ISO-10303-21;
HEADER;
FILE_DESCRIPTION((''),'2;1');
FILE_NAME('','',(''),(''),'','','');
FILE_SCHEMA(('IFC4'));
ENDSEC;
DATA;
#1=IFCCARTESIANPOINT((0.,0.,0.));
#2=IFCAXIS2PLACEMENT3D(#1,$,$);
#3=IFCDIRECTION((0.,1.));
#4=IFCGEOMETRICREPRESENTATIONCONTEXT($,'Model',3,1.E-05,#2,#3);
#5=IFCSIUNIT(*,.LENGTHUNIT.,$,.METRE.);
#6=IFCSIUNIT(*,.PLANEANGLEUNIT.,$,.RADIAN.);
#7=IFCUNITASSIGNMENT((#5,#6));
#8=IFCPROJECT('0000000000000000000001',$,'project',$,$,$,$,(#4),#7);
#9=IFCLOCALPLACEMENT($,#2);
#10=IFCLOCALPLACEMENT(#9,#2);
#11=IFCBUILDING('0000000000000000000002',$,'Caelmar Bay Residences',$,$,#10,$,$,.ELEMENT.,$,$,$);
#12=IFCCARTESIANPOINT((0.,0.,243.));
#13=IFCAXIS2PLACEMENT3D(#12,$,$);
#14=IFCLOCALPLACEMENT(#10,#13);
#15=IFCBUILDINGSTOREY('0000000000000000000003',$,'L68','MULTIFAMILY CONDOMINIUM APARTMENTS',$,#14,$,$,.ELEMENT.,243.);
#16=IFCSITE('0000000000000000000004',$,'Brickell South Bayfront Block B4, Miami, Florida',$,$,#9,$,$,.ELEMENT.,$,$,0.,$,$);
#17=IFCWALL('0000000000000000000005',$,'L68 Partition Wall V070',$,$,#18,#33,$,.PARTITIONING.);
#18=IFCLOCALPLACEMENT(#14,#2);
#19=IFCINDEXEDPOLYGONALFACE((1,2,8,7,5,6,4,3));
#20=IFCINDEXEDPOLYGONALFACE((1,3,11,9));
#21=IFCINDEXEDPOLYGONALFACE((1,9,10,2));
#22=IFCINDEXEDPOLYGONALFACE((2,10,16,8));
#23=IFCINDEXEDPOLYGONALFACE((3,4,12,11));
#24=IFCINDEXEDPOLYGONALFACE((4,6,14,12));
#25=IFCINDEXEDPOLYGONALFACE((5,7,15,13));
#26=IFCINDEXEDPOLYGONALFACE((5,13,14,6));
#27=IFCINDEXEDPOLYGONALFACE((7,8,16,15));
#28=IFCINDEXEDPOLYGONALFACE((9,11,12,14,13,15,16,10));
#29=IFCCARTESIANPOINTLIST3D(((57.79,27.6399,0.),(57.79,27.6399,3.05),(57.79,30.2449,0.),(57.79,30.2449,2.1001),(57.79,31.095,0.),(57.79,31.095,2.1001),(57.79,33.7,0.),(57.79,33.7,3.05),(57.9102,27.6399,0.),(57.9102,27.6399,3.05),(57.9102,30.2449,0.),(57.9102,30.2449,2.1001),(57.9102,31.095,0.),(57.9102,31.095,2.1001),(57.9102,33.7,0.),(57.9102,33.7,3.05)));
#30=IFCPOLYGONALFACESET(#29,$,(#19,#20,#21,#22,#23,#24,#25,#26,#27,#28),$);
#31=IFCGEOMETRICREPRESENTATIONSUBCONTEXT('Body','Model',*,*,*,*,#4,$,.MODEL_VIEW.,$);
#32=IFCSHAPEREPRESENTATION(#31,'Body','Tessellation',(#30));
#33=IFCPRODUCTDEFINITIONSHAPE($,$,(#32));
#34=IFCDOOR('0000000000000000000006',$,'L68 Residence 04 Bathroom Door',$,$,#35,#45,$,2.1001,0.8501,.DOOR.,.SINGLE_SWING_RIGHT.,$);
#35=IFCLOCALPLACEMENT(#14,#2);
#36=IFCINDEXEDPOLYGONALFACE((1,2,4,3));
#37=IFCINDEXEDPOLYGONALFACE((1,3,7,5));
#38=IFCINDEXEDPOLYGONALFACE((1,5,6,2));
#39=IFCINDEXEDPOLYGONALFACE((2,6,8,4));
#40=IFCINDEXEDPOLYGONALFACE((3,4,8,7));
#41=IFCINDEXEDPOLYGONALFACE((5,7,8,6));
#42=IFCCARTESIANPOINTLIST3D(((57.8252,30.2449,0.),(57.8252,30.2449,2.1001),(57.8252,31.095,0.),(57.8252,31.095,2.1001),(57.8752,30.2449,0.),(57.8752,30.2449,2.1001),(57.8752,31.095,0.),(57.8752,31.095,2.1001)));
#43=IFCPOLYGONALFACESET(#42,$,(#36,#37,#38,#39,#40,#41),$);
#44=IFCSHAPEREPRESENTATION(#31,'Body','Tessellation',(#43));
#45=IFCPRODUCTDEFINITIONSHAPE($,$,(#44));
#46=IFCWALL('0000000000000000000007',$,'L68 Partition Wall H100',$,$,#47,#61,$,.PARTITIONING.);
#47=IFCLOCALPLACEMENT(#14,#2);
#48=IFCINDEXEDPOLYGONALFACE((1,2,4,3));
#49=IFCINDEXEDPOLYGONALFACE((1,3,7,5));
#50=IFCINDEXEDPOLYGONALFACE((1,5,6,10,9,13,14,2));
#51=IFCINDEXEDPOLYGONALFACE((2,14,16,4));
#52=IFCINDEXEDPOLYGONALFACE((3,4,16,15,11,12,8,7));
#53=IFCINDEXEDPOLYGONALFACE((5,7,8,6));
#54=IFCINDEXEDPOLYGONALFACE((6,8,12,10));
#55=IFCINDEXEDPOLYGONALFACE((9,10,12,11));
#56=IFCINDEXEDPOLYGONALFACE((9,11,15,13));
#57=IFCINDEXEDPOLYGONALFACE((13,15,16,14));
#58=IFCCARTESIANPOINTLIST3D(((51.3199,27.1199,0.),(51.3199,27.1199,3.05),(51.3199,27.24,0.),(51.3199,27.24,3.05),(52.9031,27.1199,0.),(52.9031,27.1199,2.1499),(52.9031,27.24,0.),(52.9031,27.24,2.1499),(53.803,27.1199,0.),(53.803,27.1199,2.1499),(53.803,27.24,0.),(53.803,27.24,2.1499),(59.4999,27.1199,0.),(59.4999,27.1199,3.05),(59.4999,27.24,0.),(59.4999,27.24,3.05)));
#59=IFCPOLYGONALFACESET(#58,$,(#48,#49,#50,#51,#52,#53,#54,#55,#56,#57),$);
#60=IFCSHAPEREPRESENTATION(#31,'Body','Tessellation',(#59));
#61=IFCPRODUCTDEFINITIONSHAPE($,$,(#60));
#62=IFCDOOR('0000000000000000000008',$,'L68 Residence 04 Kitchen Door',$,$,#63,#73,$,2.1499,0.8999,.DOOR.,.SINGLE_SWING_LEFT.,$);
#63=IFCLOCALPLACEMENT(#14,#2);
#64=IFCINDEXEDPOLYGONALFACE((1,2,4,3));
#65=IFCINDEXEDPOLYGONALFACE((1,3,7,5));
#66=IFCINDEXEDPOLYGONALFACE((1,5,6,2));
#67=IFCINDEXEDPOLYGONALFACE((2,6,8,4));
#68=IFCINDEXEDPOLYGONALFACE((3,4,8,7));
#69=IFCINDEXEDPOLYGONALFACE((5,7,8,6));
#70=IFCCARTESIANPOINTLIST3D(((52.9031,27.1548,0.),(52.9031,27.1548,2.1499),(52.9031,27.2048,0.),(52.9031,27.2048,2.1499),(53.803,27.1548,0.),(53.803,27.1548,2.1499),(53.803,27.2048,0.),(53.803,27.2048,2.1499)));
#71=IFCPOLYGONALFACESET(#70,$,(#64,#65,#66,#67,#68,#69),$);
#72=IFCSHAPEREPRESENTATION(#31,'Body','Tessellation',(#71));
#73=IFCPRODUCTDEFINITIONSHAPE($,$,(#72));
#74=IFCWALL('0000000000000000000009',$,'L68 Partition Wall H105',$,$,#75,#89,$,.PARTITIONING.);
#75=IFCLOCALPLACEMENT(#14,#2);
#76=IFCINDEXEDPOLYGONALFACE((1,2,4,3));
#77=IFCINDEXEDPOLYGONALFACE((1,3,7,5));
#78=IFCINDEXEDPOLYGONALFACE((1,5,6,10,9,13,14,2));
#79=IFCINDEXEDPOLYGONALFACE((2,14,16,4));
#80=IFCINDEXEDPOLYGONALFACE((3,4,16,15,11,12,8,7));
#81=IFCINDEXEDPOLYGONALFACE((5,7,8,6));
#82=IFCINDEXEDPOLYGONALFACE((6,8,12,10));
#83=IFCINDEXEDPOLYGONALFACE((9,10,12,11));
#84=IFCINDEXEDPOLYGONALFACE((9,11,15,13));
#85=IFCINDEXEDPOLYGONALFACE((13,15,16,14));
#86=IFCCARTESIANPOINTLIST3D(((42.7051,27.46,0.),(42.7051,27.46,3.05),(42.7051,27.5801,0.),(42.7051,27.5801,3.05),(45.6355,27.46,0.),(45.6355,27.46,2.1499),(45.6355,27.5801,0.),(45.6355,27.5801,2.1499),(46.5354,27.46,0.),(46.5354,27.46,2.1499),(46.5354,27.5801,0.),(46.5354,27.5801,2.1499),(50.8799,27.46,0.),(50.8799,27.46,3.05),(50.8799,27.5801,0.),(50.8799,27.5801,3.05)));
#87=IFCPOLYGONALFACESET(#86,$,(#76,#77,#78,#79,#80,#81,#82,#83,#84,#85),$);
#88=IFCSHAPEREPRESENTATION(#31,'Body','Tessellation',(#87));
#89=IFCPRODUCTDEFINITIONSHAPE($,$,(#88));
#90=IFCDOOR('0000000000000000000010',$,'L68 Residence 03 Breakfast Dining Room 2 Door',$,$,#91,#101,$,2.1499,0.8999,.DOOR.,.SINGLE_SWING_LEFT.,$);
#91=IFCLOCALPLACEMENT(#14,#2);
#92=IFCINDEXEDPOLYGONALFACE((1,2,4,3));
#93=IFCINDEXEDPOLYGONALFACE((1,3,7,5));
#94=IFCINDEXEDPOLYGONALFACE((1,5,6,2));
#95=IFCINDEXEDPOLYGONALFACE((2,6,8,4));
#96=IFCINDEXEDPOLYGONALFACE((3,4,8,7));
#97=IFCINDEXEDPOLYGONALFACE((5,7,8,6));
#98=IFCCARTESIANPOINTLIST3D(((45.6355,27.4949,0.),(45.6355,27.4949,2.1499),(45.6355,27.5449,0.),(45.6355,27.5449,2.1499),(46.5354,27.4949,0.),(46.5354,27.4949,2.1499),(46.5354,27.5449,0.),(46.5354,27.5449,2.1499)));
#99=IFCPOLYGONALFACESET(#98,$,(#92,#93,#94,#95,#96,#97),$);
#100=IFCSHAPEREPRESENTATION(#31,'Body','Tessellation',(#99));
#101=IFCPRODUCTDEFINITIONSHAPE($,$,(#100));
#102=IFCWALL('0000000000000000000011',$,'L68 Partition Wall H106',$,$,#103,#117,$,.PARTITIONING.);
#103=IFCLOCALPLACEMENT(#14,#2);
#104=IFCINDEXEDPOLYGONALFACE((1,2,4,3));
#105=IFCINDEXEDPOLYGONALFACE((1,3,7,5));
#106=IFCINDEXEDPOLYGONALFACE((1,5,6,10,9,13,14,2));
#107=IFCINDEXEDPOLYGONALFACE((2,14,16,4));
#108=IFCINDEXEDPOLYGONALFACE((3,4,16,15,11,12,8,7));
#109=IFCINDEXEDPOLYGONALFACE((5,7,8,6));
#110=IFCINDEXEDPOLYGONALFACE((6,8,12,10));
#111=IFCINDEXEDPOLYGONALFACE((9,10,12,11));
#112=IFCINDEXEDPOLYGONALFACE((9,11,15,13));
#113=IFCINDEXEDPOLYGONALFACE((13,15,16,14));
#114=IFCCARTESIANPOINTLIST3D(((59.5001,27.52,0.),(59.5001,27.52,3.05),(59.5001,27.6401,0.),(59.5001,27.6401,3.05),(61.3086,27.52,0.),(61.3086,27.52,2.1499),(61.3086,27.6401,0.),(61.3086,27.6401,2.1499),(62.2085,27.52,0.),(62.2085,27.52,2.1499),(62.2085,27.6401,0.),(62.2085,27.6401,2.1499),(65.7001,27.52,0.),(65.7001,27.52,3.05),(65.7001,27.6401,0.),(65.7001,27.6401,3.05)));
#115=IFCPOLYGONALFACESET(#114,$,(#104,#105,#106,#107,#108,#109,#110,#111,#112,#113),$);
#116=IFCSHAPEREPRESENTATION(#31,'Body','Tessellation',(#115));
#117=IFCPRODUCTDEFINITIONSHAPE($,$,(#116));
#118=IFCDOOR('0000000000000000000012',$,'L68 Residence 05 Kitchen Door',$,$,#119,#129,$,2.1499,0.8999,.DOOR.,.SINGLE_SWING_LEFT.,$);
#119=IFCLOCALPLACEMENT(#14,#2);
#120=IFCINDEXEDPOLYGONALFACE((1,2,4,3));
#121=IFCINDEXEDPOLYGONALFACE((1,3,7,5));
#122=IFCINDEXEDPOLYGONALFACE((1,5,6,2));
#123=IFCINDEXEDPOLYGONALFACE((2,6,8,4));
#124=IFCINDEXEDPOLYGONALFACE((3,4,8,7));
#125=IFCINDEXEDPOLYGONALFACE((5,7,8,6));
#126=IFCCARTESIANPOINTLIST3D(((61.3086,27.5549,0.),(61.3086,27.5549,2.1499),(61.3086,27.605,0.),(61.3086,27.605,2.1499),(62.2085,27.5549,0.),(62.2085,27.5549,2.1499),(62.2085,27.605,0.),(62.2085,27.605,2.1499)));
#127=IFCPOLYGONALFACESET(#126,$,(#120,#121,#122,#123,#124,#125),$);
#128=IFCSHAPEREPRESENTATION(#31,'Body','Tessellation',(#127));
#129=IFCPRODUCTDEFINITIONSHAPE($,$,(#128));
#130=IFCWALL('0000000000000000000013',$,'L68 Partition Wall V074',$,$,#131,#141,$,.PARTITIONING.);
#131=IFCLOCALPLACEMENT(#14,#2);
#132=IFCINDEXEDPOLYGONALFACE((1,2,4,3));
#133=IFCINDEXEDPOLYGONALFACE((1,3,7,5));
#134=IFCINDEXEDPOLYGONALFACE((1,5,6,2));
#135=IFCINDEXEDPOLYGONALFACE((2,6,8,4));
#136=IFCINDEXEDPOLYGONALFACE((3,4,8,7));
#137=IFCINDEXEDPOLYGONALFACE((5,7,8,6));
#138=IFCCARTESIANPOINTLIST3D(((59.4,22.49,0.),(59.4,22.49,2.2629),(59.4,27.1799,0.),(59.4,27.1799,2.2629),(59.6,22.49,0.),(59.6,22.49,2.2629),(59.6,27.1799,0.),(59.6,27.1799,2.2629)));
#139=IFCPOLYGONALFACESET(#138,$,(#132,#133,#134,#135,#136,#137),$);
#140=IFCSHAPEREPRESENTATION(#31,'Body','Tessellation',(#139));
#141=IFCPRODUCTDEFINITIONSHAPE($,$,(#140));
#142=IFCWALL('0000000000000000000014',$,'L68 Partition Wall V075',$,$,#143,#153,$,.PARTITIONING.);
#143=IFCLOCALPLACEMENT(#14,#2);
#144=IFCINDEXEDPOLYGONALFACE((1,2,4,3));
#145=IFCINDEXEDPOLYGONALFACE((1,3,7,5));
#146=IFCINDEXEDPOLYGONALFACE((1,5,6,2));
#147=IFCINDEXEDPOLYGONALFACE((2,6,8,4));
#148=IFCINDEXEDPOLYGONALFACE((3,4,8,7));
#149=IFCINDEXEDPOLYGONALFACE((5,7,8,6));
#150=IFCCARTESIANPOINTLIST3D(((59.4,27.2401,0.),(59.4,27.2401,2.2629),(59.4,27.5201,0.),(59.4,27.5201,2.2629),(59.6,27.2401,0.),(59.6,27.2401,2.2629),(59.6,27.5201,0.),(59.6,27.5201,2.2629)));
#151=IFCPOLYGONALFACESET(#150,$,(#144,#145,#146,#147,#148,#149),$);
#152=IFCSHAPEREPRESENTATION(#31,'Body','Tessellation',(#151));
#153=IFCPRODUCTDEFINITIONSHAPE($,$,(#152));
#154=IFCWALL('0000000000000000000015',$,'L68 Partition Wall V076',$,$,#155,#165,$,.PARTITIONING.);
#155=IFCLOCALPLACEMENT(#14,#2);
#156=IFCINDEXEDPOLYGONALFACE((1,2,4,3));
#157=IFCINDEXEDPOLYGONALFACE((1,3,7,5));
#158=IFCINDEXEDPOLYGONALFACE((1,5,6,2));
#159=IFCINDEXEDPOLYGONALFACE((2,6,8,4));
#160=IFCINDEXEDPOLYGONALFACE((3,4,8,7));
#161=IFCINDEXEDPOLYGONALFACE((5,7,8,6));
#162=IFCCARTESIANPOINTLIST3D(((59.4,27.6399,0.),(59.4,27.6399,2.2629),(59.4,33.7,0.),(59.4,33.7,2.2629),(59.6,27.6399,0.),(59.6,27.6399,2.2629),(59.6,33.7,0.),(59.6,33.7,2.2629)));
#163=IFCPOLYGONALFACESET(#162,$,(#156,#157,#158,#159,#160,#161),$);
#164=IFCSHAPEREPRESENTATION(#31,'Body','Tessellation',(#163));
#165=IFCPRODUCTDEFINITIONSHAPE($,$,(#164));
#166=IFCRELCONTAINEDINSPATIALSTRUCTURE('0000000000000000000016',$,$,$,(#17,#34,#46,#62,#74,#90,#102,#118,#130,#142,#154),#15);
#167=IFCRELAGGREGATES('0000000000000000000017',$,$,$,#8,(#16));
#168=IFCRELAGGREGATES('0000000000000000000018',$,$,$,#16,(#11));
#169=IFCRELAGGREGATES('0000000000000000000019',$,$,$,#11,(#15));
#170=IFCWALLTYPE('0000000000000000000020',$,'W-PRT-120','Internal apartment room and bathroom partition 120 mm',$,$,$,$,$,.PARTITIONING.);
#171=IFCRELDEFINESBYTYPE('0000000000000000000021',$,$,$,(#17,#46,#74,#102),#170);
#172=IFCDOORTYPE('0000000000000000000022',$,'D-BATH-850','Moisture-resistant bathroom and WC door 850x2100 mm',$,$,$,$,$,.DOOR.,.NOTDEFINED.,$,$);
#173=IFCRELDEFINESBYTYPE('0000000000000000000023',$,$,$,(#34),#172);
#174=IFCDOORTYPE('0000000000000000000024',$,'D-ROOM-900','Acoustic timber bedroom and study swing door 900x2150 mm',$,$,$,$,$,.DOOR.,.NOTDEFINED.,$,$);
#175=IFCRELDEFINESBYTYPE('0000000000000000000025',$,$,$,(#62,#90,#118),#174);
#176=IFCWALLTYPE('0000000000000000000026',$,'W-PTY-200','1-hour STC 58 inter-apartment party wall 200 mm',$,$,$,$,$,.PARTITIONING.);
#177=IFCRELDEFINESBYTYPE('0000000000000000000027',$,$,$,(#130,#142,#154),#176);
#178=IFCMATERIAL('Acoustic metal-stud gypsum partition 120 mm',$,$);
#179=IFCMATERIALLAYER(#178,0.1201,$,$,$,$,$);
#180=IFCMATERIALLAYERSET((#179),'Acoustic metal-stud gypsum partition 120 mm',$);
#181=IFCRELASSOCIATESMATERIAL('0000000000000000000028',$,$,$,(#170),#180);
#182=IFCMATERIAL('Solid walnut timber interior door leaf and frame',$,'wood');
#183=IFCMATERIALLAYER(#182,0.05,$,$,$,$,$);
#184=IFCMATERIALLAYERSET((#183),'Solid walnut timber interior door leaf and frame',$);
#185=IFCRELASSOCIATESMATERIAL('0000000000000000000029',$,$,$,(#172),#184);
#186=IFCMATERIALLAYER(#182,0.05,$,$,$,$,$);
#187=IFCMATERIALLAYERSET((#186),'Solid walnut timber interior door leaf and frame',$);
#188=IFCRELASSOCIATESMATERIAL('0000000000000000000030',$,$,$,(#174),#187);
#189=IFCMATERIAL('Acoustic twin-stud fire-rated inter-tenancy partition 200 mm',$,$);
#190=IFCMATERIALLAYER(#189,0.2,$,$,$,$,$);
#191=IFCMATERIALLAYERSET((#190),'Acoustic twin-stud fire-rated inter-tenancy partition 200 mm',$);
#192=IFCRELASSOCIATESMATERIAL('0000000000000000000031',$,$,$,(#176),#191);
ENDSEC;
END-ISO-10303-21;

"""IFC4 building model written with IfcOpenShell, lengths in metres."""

from ifc_helpers import new_model, si_unit, direction, frame, frame_2d, origin, place, context, subcontext, project, spatial, rectangle, extrude, material, layer, layer_set, type_object, element, fill, save


model = new_model("IFC4")

# Units and contexts
model_context = context("Model", 3, precision=1e-05, world=origin(), true_north=direction((0.0, 1.0)))
body_context = subcontext(model_context, "Body", "Model", "MODEL_VIEW")
ifc_project = project(units=[si_unit("LENGTHUNIT", "METRE"), si_unit("PLANEANGLEUNIT", "RADIAN")], contexts=[model_context])

# Site, building, storey
site_placement = place(None, origin())
site = spatial("IfcSite", under=ifc_project, at=site_placement, Name="Brickell South Bayfront Block B4, Miami, Florida", CompositionType="ELEMENT", RefElevation=0.0)
building_placement = place(site_placement, origin())
building = spatial("IfcBuilding", under=site, at=building_placement, Name="Caelmar Bay Residences", CompositionType="ELEMENT")
storey_placement = place(building_placement, frame((0.0, 0.0, 243.0)))
storey = spatial("IfcBuildingStorey", under=building, at=storey_placement, Name="L68", Description="MULTIFAMILY CONDOMINIUM APARTMENTS", CompositionType="ELEMENT", Elevation=243.0)

# Shared definitions
ifc_material_1 = material(Name="Acoustic metal-stud gypsum partition 120 mm")
ifc_layer_1 = layer(ifc_material_1, 0.1201)
ifc_layer_set_1 = layer_set([ifc_layer_1], Name="Acoustic metal-stud gypsum partition 120 mm")
wall_type_1 = type_object("IfcWallType", Name="W-PRT-120", Description="Internal apartment room and bathroom partition 120 mm", PredefinedType="PARTITIONING", material=ifc_layer_set_1)
ifc_material_2 = material(Name="Solid walnut timber interior door leaf and frame", Category="wood")
ifc_layer_2 = layer(ifc_material_2, 0.05)
ifc_layer_set_2 = layer_set([ifc_layer_2], Name="Solid walnut timber interior door leaf and frame")
door_type_1 = type_object("IfcDoorType", Name="D-BATH-850", Description="Moisture-resistant bathroom and WC door 850x2100 mm", OperationType="NOTDEFINED", PredefinedType="DOOR", material=ifc_layer_set_2)

# Walls, openings, doors
wall_1_placement = place(storey_placement, frame((57.8501, 27.6399, 0.0), z_axis=(0.0, 0.0, 1.0), x_axis=(0.0, 1.0, 0.0)))
wall_1 = element("IfcWall", 1, at=wall_1_placement, inside=storey, type_object=wall_type_1, Name="L68 Partition Wall V070", PredefinedType="PARTITIONING", context=body_context, shape_type="SweptSolid", body=[
    extrude(rectangle(XDim=6.0601, YDim=0.1201, at=frame_2d((3.03, 0.0))), origin(), (0.0, 0.0, 1.0), 3.05),
])
opening_1_placement = place(wall_1_placement, frame((2.605, 0.0, 0.0)))
opening_1 = element("IfcOpeningElement", 2, at=opening_1_placement, cuts=wall_1, PredefinedType="OPENING", context=body_context, shape_type="SweptSolid", body=[
    extrude(rectangle(XDim=0.8501, YDim=2.1001, at=frame_2d((0.425, 1.05))), frame((0.0, 0.0701, 0.0), z_axis=(0.0, -1.0, 0.0), x_axis=(1.0, 0.0, 0.0)), (0.0, 0.0, 1.0), 0.1401),
])
door_1_placement = place(opening_1_placement, origin())
door_1 = element("IfcDoor", 3, at=door_1_placement, inside=storey, type_object=door_type_1, Name="L68 Residence 04 Bathroom Door", OperationType="SINGLE_SWING_RIGHT", OverallHeight=2.1001, OverallWidth=0.8501, PredefinedType="DOOR", context=body_context, shape_type="SweptSolid", body=[
    extrude(rectangle(XDim=0.8501, YDim=2.1001, at=frame_2d((0.425, 1.05))), frame((0.0, 0.0249, 0.0), z_axis=(0.0, -1.0, 0.0), x_axis=(1.0, 0.0, 0.0)), (0.0, 0.0, 1.0), 0.05),
])
fill(opening_1, door_1)
wall_2_placement = place(storey_placement, frame((51.3201, 27.1799, 0.0), z_axis=(0.0, 0.0, 1.0), x_axis=(1.0, 0.0, 0.0)))
wall_2 = element("IfcWall", 4, at=wall_2_placement, inside=storey, type_object=wall_type_1, Name="L68 Partition Wall H100", PredefinedType="PARTITIONING", context=body_context, shape_type="SweptSolid", body=[
    extrude(rectangle(XDim=8.1799, YDim=0.1201, at=frame_2d((4.0898, 0.0))), origin(), (0.0, 0.0, 1.0), 3.05),
])
opening_2_placement = place(wall_2_placement, frame((1.583, 0.0, 0.0)))
opening_2 = element("IfcOpeningElement", 5, at=opening_2_placement, cuts=wall_2, PredefinedType="OPENING", context=body_context, shape_type="SweptSolid", body=[
    extrude(rectangle(XDim=0.8999, YDim=2.1499, at=frame_2d((0.45, 1.075))), frame((0.0, 0.0701, 0.0), z_axis=(0.0, -1.0, 0.0), x_axis=(1.0, 0.0, 0.0)), (0.0, 0.0, 1.0), 0.1401),
])
ifc_layer_3 = layer(ifc_material_2, 0.05)
ifc_layer_set_3 = layer_set([ifc_layer_3], Name="Solid walnut timber interior door leaf and frame")
door_type_2 = type_object("IfcDoorType", Name="D-ROOM-900", Description="Acoustic timber bedroom and study swing door 900x2150 mm", OperationType="NOTDEFINED", PredefinedType="DOOR", material=ifc_layer_set_3)
door_2_placement = place(opening_2_placement, origin())
door_2 = element("IfcDoor", 6, at=door_2_placement, inside=storey, type_object=door_type_2, Name="L68 Residence 04 Kitchen Door", OperationType="SINGLE_SWING_LEFT", OverallHeight=2.1499, OverallWidth=0.8999, PredefinedType="DOOR", context=body_context, shape_type="SweptSolid", body=[
    extrude(rectangle(XDim=0.8999, YDim=2.1499, at=frame_2d((0.45, 1.075))), frame((0.0, 0.0249, 0.0), z_axis=(0.0, -1.0, 0.0), x_axis=(1.0, 0.0, 0.0)), (0.0, 0.0, 1.0), 0.05),
])
fill(opening_2, door_2)
wall_3_placement = place(storey_placement, frame((42.7051, 27.52, 0.0), z_axis=(0.0, 0.0, 1.0), x_axis=(1.0, 0.0, 0.0)))
wall_3 = element("IfcWall", 7, at=wall_3_placement, inside=storey, type_object=wall_type_1, Name="L68 Partition Wall H105", PredefinedType="PARTITIONING", context=body_context, shape_type="SweptSolid", body=[
    extrude(rectangle(XDim=8.1748, YDim=0.1201, at=frame_2d((4.0874, 0.0))), origin(), (0.0, 0.0, 1.0), 3.05),
])
opening_3_placement = place(wall_3_placement, frame((2.9304, 0.0, 0.0)))
opening_3 = element("IfcOpeningElement", 8, at=opening_3_placement, cuts=wall_3, PredefinedType="OPENING", context=body_context, shape_type="SweptSolid", body=[
    extrude(rectangle(XDim=0.8999, YDim=2.1499, at=frame_2d((0.45, 1.075))), frame((0.0, 0.0701, 0.0), z_axis=(0.0, -1.0, 0.0), x_axis=(1.0, 0.0, 0.0)), (0.0, 0.0, 1.0), 0.1401),
])
door_3_placement = place(opening_3_placement, origin())
door_3 = element("IfcDoor", 9, at=door_3_placement, inside=storey, type_object=door_type_2, Name="L68 Residence 03 Breakfast Dining Room 2 Door", OperationType="SINGLE_SWING_LEFT", OverallHeight=2.1499, OverallWidth=0.8999, PredefinedType="DOOR", context=body_context, shape_type="SweptSolid", body=[
    extrude(rectangle(XDim=0.8999, YDim=2.1499, at=frame_2d((0.45, 1.075))), frame((0.0, 0.0249, 0.0), z_axis=(0.0, -1.0, 0.0), x_axis=(1.0, 0.0, 0.0)), (0.0, 0.0, 1.0), 0.05),
])
fill(opening_3, door_3)
wall_4_placement = place(storey_placement, frame((59.5, 27.5801, 0.0), z_axis=(0.0, 0.0, 1.0), x_axis=(1.0, 0.0, 0.0)))
wall_4 = element("IfcWall", 10, at=wall_4_placement, inside=storey, type_object=wall_type_1, Name="L68 Partition Wall H106", PredefinedType="PARTITIONING", context=body_context, shape_type="SweptSolid", body=[
    extrude(rectangle(XDim=6.2, YDim=0.1201, at=frame_2d((3.1001, 0.0))), origin(), (0.0, 0.0, 1.0), 3.05),
])
opening_4_placement = place(wall_4_placement, frame((1.8086, 0.0, 0.0)))
opening_4 = element("IfcOpeningElement", 11, at=opening_4_placement, cuts=wall_4, PredefinedType="OPENING", context=body_context, shape_type="SweptSolid", body=[
    extrude(rectangle(XDim=0.8999, YDim=2.1499, at=frame_2d((0.45, 1.075))), frame((0.0, 0.0701, 0.0), z_axis=(0.0, -1.0, 0.0), x_axis=(1.0, 0.0, 0.0)), (0.0, 0.0, 1.0), 0.1401),
])
door_4_placement = place(opening_4_placement, origin())
door_4 = element("IfcDoor", 12, at=door_4_placement, inside=storey, type_object=door_type_2, Name="L68 Residence 05 Kitchen Door", OperationType="SINGLE_SWING_LEFT", OverallHeight=2.1499, OverallWidth=0.8999, PredefinedType="DOOR", context=body_context, shape_type="SweptSolid", body=[
    extrude(rectangle(XDim=0.8999, YDim=2.1499, at=frame_2d((0.45, 1.075))), frame((0.0, 0.0249, 0.0), z_axis=(0.0, -1.0, 0.0), x_axis=(1.0, 0.0, 0.0)), (0.0, 0.0, 1.0), 0.05),
])
fill(opening_4, door_4)

# Walls
ifc_material_3 = material(Name="Acoustic twin-stud fire-rated inter-tenancy partition 200 mm")
ifc_layer_4 = layer(ifc_material_3, 0.2)
ifc_layer_set_4 = layer_set([ifc_layer_4], Name="Acoustic twin-stud fire-rated inter-tenancy partition 200 mm")
wall_type_2 = type_object("IfcWallType", Name="W-PTY-200", Description="1-hour STC 58 inter-apartment party wall 200 mm", PredefinedType="PARTITIONING", material=ifc_layer_set_4)
wall_5_placement = place(storey_placement, frame((59.5, 22.49, 0.0), z_axis=(0.0, 0.0, 1.0), x_axis=(0.0, 1.0, 0.0)))
element("IfcWall", 13, at=wall_5_placement, inside=storey, type_object=wall_type_2, Name="L68 Partition Wall V074", PredefinedType="PARTITIONING", context=body_context, shape_type="SweptSolid", body=[
    extrude(rectangle(XDim=4.6899, YDim=0.2, at=frame_2d((2.345, 0.0))), origin(), (0.0, 0.0, 1.0), 2.2629),
])
wall_6_placement = place(storey_placement, frame((59.5, 27.24, 0.0), z_axis=(0.0, 0.0, 1.0), x_axis=(0.0, 1.0, 0.0)))
element("IfcWall", 14, at=wall_6_placement, inside=storey, type_object=wall_type_2, Name="L68 Partition Wall V075", PredefinedType="PARTITIONING", context=body_context, shape_type="SweptSolid", body=[
    extrude(rectangle(XDim=0.28, YDim=0.2, at=frame_2d((0.1401, 0.0))), origin(), (0.0, 0.0, 1.0), 2.2629),
])
wall_7_placement = place(storey_placement, frame((59.5, 27.6399, 0.0), z_axis=(0.0, 0.0, 1.0), x_axis=(0.0, 1.0, 0.0)))
element("IfcWall", 15, at=wall_7_placement, inside=storey, type_object=wall_type_2, Name="L68 Partition Wall V076", PredefinedType="PARTITIONING", context=body_context, shape_type="SweptSolid", body=[
    extrude(rectangle(XDim=6.0601, YDim=0.2, at=frame_2d((3.03, 0.0))), origin(), (0.0, 0.0, 1.0), 2.2629),
])

save(model, "model.ifc")
